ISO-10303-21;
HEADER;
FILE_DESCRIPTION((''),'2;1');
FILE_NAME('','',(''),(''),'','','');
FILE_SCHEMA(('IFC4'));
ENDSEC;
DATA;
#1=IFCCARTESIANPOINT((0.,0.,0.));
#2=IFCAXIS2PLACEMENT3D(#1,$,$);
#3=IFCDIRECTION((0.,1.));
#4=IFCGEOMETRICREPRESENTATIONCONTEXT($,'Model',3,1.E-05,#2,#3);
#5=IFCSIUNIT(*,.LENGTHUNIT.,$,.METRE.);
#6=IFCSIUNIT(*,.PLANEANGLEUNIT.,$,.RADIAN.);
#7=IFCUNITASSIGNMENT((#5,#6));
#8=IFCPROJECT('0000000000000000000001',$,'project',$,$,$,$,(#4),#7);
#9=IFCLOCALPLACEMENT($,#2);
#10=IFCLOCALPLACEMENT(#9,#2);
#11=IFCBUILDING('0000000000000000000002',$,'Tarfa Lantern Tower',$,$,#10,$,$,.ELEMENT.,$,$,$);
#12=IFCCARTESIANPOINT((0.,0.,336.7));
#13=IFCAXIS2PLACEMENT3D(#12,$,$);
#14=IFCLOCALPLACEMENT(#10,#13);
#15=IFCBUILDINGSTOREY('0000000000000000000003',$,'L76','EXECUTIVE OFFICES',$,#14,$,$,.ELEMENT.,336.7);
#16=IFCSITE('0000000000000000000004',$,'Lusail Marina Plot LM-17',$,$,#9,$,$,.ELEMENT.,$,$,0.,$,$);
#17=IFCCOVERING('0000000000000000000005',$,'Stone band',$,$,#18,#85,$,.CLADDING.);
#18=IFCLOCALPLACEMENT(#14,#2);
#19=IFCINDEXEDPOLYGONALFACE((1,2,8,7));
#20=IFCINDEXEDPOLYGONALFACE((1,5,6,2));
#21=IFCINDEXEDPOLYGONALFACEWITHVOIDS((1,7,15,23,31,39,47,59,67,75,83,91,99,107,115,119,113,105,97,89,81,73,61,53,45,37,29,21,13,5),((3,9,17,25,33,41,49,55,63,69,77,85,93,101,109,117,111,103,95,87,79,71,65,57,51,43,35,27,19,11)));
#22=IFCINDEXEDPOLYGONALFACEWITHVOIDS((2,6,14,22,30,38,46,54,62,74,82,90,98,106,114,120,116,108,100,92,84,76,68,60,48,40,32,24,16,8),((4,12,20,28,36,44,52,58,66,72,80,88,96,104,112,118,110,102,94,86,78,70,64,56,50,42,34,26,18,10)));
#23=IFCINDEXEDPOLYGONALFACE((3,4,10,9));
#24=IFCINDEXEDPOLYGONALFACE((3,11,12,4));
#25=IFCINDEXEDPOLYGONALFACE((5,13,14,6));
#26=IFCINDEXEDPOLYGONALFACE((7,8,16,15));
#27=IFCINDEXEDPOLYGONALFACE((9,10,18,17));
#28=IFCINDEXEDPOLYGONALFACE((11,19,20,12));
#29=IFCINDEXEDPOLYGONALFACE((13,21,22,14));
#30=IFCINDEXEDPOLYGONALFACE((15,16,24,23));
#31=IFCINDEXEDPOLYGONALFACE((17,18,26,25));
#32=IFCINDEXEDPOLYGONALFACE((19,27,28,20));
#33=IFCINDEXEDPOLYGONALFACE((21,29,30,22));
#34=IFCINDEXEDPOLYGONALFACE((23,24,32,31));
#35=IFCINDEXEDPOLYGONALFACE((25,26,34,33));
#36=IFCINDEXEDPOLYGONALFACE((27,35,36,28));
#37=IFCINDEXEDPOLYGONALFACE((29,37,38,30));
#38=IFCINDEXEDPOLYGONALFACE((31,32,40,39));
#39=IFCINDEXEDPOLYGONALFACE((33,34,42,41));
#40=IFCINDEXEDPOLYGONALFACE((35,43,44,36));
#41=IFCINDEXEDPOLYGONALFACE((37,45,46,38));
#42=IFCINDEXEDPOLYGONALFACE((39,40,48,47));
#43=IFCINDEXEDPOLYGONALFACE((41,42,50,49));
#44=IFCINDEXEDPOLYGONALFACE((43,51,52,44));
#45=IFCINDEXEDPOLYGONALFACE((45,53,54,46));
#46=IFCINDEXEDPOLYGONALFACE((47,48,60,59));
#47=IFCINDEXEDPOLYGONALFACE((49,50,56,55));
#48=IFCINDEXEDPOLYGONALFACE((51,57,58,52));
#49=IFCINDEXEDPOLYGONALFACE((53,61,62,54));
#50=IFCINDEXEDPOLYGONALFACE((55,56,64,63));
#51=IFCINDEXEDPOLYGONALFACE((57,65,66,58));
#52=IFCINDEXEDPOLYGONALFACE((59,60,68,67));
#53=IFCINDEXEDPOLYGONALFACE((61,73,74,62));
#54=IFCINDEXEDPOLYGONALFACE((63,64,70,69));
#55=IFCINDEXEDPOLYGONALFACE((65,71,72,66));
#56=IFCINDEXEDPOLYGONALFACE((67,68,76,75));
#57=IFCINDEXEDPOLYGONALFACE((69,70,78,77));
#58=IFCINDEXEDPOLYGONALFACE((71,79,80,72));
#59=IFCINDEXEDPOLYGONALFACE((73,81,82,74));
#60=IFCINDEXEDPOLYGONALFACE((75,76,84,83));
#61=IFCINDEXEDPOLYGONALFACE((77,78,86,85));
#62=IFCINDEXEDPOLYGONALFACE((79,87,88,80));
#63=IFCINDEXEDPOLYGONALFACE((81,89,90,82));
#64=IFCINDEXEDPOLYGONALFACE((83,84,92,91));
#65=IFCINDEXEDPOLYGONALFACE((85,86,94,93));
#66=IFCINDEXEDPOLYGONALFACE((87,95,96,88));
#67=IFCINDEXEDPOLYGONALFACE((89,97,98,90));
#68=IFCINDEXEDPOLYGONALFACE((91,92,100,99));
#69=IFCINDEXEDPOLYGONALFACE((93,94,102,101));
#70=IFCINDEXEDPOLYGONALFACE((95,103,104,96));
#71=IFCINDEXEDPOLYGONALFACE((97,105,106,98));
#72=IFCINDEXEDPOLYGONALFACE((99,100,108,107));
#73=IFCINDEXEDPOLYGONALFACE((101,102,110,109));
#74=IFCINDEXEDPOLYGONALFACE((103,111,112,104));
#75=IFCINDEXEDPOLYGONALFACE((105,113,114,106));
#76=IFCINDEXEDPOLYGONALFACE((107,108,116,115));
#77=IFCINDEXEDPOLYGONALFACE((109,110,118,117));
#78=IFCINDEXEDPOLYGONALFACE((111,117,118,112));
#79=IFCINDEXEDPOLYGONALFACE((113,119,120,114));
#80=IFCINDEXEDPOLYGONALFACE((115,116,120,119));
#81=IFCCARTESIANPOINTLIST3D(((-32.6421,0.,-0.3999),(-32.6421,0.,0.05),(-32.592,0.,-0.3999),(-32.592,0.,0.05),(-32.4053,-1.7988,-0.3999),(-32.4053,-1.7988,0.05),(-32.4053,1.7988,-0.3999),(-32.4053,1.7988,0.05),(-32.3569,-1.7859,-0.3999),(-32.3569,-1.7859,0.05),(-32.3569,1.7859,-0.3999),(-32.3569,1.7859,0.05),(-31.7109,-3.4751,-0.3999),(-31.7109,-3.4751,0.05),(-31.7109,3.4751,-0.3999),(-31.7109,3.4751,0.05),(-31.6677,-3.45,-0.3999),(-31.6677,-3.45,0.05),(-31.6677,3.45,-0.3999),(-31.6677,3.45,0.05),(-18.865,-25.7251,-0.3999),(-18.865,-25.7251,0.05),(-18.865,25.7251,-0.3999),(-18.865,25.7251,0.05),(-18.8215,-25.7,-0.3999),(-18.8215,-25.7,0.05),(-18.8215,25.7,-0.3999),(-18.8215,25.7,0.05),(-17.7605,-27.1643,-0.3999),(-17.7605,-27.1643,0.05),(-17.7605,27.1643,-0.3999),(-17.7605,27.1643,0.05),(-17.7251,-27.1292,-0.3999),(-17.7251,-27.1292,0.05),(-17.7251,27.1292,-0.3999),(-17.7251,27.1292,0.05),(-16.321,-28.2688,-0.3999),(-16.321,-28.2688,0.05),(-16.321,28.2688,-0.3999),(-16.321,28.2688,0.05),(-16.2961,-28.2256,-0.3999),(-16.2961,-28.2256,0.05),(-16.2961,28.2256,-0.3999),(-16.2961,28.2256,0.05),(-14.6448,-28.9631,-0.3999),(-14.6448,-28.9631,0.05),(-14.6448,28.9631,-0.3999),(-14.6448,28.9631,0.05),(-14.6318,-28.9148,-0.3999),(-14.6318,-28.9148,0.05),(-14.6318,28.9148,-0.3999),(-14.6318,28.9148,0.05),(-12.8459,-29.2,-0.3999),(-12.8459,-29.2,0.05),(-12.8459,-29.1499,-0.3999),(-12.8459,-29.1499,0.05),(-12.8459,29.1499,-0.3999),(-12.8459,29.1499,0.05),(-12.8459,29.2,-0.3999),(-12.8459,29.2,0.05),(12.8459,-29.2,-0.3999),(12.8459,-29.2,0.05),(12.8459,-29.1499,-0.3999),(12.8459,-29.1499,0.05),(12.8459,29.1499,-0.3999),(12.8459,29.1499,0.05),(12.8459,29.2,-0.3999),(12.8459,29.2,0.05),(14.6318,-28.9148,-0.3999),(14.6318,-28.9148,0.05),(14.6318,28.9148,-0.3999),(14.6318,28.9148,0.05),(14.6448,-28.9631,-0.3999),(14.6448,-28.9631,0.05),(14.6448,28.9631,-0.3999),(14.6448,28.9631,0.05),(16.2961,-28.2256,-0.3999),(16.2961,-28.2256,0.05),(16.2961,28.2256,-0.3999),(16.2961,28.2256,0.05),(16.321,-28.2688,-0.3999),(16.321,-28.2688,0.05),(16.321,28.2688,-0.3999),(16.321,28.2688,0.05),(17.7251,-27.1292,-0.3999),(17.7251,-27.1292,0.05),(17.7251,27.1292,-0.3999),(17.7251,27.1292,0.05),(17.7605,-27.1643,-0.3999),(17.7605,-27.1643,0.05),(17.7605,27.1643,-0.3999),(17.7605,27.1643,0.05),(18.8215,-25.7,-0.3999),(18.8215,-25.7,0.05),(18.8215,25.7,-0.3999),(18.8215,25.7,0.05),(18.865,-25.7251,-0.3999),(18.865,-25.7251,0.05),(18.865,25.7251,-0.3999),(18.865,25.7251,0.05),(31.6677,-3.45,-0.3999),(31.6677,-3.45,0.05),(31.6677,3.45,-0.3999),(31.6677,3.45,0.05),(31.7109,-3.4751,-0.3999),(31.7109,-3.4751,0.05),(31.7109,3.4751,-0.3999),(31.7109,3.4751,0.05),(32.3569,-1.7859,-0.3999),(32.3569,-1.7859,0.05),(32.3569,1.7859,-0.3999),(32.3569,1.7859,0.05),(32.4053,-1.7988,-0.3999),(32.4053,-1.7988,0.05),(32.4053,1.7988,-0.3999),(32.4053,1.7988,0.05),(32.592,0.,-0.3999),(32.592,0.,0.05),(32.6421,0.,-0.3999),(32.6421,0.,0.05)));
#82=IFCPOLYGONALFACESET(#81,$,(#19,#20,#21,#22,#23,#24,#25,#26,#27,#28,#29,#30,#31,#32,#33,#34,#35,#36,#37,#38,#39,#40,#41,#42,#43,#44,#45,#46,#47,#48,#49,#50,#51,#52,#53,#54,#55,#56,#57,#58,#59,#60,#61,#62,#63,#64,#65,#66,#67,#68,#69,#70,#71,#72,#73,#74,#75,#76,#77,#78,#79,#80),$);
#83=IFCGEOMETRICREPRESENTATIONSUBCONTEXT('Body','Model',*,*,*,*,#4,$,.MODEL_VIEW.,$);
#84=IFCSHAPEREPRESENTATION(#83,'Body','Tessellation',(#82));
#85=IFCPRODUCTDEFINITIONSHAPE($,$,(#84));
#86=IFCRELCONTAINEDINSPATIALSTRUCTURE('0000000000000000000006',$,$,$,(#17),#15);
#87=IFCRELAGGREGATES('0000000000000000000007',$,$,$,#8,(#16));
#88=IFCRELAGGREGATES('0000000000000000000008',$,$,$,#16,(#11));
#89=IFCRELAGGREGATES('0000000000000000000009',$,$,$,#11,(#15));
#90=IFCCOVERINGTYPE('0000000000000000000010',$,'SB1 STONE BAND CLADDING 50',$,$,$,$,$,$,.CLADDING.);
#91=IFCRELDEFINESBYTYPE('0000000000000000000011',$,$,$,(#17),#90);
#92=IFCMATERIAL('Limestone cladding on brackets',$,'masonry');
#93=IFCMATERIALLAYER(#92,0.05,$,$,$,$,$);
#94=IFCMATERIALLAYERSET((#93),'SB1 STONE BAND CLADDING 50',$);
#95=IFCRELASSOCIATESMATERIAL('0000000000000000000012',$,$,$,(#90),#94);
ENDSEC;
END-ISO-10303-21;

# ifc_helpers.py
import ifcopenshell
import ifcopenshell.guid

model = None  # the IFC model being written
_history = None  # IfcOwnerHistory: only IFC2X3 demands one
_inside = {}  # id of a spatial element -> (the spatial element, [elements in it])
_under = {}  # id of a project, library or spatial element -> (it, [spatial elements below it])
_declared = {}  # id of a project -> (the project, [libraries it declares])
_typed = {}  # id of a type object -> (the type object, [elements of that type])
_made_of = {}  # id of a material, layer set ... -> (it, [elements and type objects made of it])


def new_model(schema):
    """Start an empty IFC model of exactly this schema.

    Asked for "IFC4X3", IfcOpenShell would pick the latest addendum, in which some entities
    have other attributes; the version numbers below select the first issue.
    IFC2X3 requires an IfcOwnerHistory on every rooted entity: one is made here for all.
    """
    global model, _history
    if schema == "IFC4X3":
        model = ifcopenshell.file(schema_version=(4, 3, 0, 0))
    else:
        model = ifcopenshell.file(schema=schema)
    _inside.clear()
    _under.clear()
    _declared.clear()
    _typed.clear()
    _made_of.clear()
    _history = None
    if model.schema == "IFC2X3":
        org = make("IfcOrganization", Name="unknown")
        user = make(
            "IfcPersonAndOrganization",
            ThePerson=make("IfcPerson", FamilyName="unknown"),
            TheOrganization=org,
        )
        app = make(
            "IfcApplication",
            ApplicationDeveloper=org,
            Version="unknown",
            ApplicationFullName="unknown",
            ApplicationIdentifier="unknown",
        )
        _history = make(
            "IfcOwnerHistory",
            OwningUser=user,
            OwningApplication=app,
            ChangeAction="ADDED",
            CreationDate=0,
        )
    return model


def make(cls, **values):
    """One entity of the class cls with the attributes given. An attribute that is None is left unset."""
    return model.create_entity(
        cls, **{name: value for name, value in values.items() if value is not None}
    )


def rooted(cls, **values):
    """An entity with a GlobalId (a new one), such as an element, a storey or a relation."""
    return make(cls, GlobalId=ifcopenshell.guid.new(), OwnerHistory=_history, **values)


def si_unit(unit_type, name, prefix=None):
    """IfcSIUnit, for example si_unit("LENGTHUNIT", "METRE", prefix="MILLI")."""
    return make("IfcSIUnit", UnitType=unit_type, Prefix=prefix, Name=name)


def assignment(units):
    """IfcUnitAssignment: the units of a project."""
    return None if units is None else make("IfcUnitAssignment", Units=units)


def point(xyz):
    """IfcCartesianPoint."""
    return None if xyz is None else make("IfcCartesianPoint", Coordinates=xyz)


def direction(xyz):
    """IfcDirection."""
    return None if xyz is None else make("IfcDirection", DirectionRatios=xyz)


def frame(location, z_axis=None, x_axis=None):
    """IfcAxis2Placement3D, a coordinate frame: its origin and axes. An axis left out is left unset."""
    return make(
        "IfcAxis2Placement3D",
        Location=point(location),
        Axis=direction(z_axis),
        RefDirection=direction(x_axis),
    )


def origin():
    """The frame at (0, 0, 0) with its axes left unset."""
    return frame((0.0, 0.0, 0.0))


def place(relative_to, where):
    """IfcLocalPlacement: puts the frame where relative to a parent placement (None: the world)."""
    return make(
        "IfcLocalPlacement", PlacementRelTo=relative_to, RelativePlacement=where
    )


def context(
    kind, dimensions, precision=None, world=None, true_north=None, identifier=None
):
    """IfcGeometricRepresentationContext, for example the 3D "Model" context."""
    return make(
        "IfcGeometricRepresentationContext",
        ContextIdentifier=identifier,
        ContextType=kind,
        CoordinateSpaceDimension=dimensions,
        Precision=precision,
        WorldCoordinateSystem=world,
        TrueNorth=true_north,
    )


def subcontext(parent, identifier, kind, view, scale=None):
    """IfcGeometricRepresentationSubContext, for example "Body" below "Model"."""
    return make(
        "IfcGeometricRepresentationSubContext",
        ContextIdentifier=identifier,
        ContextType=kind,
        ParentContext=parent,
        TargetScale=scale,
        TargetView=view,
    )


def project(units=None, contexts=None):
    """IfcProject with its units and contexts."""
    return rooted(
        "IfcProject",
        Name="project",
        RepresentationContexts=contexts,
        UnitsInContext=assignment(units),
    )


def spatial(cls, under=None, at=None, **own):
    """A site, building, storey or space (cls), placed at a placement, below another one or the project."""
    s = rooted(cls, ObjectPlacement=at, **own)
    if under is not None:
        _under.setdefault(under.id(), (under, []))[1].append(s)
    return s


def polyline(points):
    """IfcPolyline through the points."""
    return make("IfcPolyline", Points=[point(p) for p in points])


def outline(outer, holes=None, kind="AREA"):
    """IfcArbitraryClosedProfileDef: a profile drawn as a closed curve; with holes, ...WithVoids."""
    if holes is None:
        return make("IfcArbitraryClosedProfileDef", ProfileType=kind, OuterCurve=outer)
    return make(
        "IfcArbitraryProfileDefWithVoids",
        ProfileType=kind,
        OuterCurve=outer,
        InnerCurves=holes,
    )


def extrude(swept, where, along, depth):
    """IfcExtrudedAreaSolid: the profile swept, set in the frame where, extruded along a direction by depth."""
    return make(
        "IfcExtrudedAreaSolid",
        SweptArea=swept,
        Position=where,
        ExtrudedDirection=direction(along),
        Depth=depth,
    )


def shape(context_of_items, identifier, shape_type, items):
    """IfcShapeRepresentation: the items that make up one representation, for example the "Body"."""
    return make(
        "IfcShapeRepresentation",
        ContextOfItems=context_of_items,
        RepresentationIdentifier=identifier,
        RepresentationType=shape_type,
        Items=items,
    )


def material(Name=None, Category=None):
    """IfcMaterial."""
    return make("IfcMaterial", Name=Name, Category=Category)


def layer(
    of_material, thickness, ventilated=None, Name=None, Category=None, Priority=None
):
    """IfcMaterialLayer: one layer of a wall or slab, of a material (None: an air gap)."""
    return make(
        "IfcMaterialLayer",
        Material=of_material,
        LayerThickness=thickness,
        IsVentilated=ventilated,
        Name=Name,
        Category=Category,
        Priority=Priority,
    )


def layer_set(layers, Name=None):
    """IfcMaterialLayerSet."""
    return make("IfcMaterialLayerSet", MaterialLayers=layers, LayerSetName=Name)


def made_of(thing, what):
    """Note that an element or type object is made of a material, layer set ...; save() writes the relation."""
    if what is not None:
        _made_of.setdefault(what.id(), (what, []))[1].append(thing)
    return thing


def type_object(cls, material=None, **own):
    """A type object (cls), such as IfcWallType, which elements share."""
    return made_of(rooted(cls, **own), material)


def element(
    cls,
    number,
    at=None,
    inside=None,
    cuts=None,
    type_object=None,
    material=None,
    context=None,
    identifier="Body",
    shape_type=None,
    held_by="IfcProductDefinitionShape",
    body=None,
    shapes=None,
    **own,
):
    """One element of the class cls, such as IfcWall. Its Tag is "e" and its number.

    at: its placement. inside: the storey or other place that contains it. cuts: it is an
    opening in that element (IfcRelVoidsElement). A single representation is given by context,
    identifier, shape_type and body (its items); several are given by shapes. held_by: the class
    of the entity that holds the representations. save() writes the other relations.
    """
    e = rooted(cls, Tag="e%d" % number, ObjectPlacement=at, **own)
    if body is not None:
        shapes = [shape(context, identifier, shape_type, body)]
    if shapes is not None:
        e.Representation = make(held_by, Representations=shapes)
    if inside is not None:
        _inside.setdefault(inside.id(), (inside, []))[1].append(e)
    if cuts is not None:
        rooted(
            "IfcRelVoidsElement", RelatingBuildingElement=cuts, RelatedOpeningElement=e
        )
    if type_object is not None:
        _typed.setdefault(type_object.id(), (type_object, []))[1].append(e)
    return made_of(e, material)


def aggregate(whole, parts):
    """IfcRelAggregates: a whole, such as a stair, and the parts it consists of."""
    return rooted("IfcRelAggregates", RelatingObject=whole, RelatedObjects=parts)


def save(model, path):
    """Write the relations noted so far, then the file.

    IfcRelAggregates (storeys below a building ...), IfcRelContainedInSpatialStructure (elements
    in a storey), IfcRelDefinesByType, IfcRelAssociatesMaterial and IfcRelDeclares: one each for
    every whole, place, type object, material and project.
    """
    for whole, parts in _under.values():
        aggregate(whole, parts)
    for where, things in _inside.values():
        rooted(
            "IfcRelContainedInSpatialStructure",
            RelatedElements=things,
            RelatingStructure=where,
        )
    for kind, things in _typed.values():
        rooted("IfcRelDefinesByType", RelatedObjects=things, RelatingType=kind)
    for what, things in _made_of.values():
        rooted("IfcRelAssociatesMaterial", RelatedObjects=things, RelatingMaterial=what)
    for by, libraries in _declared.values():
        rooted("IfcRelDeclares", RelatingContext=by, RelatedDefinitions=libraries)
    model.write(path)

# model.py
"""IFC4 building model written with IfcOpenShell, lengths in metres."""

from ifc_helpers import new_model, si_unit, direction, frame, origin, place, context, subcontext, project, spatial, polyline, outline, extrude, material, layer, layer_set, type_object, element, save


model = new_model("IFC4")

# Units and contexts
model_context = context("Model", 3, precision=1e-05, world=origin(), true_north=direction((0.0, 1.0)))
body_context = subcontext(model_context, "Body", "Model", "MODEL_VIEW")
ifc_project = project(units=[si_unit("LENGTHUNIT", "METRE"), si_unit("PLANEANGLEUNIT", "RADIAN")], contexts=[model_context])

# Site, building, storey
site_placement = place(None, origin())
site = spatial("IfcSite", under=ifc_project, at=site_placement, Name="Lusail Marina Plot LM-17", CompositionType="ELEMENT", RefElevation=0.0)
building_placement = place(site_placement, origin())
building = spatial("IfcBuilding", under=site, at=building_placement, Name="Tarfa Lantern Tower", CompositionType="ELEMENT")
storey_placement = place(building_placement, frame((0.0, 0.0, 336.7)))
storey = spatial("IfcBuildingStorey", under=building, at=storey_placement, Name="L76", Description="EXECUTIVE OFFICES", CompositionType="ELEMENT", Elevation=336.7)

# Covering
ifc_material_1 = material(Name="Limestone cladding on brackets", Category="masonry")
ifc_layer_1 = layer(ifc_material_1, 0.05)
ifc_layer_set_1 = layer_set([ifc_layer_1], Name="SB1 STONE BAND CLADDING 50")
covering_type_1 = type_object("IfcCoveringType", Name="SB1 STONE BAND CLADDING 50", PredefinedType="CLADDING", material=ifc_layer_set_1)
covering_1_placement = place(storey_placement, frame((0.0, 0.0, -0.3999)))
element("IfcCovering", 1, at=covering_1_placement, inside=storey, type_object=covering_type_1, Name="Stone band", PredefinedType="CLADDING", context=body_context, shape_type="SweptSolid", body=[
    extrude(outline(polyline([(31.7109, 3.4751), (18.865, 25.7251), (17.7605, 27.1643), (16.321, 28.2688), (14.6448, 28.9631), (12.8459, 29.2), (-12.8459, 29.2), (-14.6448, 28.9631), (-16.321, 28.2688), (-17.7605, 27.1643), (-18.865, 25.7251), (-31.7109, 3.4751), (-32.4053, 1.7988), (-32.6421, 0.0), (-32.4053, -1.7988), (-31.7109, -3.4751), (-18.865, -25.7251), (-17.7605, -27.1643), (-16.321, -28.2688), (-14.6448, -28.9631), (-12.8459, -29.2), (12.8459, -29.2), (14.6448, -28.9631), (16.321, -28.2688), (17.7605, -27.1643), (18.865, -25.7251), (31.7109, -3.4751), (32.4053, -1.7988), (32.6421, 0.0), (32.4053, 1.7988), (31.7109, 3.4751)]), holes=[polyline([(31.6677, 3.45), (18.8215, 25.7), (17.7251, 27.1292), (16.2961, 28.2256), (14.6318, 28.9148), (12.8459, 29.1499), (-12.8459, 29.1499), (-14.6318, 28.9148), (-16.2961, 28.2256), (-17.7251, 27.1292), (-18.8215, 25.7), (-31.6677, 3.45), (-32.3569, 1.7859), (-32.592, 0.0), (-32.3569, -1.7859), (-31.6677, -3.45), (-18.8215, -25.7), (-17.7251, -27.1292), (-16.2961, -28.2256), (-14.6318, -28.9148), (-12.8459, -29.1499), (12.8459, -29.1499), (14.6318, -28.9148), (16.2961, -28.2256), (17.7251, -27.1292), (18.8215, -25.7), (31.6677, -3.45), (32.3569, -1.7859), (32.592, 0.0), (32.3569, 1.7859), (31.6677, 3.45)])]), origin(), (0.0, 0.0, 1.0), 0.45),
])

save(model, "model.ifc")
